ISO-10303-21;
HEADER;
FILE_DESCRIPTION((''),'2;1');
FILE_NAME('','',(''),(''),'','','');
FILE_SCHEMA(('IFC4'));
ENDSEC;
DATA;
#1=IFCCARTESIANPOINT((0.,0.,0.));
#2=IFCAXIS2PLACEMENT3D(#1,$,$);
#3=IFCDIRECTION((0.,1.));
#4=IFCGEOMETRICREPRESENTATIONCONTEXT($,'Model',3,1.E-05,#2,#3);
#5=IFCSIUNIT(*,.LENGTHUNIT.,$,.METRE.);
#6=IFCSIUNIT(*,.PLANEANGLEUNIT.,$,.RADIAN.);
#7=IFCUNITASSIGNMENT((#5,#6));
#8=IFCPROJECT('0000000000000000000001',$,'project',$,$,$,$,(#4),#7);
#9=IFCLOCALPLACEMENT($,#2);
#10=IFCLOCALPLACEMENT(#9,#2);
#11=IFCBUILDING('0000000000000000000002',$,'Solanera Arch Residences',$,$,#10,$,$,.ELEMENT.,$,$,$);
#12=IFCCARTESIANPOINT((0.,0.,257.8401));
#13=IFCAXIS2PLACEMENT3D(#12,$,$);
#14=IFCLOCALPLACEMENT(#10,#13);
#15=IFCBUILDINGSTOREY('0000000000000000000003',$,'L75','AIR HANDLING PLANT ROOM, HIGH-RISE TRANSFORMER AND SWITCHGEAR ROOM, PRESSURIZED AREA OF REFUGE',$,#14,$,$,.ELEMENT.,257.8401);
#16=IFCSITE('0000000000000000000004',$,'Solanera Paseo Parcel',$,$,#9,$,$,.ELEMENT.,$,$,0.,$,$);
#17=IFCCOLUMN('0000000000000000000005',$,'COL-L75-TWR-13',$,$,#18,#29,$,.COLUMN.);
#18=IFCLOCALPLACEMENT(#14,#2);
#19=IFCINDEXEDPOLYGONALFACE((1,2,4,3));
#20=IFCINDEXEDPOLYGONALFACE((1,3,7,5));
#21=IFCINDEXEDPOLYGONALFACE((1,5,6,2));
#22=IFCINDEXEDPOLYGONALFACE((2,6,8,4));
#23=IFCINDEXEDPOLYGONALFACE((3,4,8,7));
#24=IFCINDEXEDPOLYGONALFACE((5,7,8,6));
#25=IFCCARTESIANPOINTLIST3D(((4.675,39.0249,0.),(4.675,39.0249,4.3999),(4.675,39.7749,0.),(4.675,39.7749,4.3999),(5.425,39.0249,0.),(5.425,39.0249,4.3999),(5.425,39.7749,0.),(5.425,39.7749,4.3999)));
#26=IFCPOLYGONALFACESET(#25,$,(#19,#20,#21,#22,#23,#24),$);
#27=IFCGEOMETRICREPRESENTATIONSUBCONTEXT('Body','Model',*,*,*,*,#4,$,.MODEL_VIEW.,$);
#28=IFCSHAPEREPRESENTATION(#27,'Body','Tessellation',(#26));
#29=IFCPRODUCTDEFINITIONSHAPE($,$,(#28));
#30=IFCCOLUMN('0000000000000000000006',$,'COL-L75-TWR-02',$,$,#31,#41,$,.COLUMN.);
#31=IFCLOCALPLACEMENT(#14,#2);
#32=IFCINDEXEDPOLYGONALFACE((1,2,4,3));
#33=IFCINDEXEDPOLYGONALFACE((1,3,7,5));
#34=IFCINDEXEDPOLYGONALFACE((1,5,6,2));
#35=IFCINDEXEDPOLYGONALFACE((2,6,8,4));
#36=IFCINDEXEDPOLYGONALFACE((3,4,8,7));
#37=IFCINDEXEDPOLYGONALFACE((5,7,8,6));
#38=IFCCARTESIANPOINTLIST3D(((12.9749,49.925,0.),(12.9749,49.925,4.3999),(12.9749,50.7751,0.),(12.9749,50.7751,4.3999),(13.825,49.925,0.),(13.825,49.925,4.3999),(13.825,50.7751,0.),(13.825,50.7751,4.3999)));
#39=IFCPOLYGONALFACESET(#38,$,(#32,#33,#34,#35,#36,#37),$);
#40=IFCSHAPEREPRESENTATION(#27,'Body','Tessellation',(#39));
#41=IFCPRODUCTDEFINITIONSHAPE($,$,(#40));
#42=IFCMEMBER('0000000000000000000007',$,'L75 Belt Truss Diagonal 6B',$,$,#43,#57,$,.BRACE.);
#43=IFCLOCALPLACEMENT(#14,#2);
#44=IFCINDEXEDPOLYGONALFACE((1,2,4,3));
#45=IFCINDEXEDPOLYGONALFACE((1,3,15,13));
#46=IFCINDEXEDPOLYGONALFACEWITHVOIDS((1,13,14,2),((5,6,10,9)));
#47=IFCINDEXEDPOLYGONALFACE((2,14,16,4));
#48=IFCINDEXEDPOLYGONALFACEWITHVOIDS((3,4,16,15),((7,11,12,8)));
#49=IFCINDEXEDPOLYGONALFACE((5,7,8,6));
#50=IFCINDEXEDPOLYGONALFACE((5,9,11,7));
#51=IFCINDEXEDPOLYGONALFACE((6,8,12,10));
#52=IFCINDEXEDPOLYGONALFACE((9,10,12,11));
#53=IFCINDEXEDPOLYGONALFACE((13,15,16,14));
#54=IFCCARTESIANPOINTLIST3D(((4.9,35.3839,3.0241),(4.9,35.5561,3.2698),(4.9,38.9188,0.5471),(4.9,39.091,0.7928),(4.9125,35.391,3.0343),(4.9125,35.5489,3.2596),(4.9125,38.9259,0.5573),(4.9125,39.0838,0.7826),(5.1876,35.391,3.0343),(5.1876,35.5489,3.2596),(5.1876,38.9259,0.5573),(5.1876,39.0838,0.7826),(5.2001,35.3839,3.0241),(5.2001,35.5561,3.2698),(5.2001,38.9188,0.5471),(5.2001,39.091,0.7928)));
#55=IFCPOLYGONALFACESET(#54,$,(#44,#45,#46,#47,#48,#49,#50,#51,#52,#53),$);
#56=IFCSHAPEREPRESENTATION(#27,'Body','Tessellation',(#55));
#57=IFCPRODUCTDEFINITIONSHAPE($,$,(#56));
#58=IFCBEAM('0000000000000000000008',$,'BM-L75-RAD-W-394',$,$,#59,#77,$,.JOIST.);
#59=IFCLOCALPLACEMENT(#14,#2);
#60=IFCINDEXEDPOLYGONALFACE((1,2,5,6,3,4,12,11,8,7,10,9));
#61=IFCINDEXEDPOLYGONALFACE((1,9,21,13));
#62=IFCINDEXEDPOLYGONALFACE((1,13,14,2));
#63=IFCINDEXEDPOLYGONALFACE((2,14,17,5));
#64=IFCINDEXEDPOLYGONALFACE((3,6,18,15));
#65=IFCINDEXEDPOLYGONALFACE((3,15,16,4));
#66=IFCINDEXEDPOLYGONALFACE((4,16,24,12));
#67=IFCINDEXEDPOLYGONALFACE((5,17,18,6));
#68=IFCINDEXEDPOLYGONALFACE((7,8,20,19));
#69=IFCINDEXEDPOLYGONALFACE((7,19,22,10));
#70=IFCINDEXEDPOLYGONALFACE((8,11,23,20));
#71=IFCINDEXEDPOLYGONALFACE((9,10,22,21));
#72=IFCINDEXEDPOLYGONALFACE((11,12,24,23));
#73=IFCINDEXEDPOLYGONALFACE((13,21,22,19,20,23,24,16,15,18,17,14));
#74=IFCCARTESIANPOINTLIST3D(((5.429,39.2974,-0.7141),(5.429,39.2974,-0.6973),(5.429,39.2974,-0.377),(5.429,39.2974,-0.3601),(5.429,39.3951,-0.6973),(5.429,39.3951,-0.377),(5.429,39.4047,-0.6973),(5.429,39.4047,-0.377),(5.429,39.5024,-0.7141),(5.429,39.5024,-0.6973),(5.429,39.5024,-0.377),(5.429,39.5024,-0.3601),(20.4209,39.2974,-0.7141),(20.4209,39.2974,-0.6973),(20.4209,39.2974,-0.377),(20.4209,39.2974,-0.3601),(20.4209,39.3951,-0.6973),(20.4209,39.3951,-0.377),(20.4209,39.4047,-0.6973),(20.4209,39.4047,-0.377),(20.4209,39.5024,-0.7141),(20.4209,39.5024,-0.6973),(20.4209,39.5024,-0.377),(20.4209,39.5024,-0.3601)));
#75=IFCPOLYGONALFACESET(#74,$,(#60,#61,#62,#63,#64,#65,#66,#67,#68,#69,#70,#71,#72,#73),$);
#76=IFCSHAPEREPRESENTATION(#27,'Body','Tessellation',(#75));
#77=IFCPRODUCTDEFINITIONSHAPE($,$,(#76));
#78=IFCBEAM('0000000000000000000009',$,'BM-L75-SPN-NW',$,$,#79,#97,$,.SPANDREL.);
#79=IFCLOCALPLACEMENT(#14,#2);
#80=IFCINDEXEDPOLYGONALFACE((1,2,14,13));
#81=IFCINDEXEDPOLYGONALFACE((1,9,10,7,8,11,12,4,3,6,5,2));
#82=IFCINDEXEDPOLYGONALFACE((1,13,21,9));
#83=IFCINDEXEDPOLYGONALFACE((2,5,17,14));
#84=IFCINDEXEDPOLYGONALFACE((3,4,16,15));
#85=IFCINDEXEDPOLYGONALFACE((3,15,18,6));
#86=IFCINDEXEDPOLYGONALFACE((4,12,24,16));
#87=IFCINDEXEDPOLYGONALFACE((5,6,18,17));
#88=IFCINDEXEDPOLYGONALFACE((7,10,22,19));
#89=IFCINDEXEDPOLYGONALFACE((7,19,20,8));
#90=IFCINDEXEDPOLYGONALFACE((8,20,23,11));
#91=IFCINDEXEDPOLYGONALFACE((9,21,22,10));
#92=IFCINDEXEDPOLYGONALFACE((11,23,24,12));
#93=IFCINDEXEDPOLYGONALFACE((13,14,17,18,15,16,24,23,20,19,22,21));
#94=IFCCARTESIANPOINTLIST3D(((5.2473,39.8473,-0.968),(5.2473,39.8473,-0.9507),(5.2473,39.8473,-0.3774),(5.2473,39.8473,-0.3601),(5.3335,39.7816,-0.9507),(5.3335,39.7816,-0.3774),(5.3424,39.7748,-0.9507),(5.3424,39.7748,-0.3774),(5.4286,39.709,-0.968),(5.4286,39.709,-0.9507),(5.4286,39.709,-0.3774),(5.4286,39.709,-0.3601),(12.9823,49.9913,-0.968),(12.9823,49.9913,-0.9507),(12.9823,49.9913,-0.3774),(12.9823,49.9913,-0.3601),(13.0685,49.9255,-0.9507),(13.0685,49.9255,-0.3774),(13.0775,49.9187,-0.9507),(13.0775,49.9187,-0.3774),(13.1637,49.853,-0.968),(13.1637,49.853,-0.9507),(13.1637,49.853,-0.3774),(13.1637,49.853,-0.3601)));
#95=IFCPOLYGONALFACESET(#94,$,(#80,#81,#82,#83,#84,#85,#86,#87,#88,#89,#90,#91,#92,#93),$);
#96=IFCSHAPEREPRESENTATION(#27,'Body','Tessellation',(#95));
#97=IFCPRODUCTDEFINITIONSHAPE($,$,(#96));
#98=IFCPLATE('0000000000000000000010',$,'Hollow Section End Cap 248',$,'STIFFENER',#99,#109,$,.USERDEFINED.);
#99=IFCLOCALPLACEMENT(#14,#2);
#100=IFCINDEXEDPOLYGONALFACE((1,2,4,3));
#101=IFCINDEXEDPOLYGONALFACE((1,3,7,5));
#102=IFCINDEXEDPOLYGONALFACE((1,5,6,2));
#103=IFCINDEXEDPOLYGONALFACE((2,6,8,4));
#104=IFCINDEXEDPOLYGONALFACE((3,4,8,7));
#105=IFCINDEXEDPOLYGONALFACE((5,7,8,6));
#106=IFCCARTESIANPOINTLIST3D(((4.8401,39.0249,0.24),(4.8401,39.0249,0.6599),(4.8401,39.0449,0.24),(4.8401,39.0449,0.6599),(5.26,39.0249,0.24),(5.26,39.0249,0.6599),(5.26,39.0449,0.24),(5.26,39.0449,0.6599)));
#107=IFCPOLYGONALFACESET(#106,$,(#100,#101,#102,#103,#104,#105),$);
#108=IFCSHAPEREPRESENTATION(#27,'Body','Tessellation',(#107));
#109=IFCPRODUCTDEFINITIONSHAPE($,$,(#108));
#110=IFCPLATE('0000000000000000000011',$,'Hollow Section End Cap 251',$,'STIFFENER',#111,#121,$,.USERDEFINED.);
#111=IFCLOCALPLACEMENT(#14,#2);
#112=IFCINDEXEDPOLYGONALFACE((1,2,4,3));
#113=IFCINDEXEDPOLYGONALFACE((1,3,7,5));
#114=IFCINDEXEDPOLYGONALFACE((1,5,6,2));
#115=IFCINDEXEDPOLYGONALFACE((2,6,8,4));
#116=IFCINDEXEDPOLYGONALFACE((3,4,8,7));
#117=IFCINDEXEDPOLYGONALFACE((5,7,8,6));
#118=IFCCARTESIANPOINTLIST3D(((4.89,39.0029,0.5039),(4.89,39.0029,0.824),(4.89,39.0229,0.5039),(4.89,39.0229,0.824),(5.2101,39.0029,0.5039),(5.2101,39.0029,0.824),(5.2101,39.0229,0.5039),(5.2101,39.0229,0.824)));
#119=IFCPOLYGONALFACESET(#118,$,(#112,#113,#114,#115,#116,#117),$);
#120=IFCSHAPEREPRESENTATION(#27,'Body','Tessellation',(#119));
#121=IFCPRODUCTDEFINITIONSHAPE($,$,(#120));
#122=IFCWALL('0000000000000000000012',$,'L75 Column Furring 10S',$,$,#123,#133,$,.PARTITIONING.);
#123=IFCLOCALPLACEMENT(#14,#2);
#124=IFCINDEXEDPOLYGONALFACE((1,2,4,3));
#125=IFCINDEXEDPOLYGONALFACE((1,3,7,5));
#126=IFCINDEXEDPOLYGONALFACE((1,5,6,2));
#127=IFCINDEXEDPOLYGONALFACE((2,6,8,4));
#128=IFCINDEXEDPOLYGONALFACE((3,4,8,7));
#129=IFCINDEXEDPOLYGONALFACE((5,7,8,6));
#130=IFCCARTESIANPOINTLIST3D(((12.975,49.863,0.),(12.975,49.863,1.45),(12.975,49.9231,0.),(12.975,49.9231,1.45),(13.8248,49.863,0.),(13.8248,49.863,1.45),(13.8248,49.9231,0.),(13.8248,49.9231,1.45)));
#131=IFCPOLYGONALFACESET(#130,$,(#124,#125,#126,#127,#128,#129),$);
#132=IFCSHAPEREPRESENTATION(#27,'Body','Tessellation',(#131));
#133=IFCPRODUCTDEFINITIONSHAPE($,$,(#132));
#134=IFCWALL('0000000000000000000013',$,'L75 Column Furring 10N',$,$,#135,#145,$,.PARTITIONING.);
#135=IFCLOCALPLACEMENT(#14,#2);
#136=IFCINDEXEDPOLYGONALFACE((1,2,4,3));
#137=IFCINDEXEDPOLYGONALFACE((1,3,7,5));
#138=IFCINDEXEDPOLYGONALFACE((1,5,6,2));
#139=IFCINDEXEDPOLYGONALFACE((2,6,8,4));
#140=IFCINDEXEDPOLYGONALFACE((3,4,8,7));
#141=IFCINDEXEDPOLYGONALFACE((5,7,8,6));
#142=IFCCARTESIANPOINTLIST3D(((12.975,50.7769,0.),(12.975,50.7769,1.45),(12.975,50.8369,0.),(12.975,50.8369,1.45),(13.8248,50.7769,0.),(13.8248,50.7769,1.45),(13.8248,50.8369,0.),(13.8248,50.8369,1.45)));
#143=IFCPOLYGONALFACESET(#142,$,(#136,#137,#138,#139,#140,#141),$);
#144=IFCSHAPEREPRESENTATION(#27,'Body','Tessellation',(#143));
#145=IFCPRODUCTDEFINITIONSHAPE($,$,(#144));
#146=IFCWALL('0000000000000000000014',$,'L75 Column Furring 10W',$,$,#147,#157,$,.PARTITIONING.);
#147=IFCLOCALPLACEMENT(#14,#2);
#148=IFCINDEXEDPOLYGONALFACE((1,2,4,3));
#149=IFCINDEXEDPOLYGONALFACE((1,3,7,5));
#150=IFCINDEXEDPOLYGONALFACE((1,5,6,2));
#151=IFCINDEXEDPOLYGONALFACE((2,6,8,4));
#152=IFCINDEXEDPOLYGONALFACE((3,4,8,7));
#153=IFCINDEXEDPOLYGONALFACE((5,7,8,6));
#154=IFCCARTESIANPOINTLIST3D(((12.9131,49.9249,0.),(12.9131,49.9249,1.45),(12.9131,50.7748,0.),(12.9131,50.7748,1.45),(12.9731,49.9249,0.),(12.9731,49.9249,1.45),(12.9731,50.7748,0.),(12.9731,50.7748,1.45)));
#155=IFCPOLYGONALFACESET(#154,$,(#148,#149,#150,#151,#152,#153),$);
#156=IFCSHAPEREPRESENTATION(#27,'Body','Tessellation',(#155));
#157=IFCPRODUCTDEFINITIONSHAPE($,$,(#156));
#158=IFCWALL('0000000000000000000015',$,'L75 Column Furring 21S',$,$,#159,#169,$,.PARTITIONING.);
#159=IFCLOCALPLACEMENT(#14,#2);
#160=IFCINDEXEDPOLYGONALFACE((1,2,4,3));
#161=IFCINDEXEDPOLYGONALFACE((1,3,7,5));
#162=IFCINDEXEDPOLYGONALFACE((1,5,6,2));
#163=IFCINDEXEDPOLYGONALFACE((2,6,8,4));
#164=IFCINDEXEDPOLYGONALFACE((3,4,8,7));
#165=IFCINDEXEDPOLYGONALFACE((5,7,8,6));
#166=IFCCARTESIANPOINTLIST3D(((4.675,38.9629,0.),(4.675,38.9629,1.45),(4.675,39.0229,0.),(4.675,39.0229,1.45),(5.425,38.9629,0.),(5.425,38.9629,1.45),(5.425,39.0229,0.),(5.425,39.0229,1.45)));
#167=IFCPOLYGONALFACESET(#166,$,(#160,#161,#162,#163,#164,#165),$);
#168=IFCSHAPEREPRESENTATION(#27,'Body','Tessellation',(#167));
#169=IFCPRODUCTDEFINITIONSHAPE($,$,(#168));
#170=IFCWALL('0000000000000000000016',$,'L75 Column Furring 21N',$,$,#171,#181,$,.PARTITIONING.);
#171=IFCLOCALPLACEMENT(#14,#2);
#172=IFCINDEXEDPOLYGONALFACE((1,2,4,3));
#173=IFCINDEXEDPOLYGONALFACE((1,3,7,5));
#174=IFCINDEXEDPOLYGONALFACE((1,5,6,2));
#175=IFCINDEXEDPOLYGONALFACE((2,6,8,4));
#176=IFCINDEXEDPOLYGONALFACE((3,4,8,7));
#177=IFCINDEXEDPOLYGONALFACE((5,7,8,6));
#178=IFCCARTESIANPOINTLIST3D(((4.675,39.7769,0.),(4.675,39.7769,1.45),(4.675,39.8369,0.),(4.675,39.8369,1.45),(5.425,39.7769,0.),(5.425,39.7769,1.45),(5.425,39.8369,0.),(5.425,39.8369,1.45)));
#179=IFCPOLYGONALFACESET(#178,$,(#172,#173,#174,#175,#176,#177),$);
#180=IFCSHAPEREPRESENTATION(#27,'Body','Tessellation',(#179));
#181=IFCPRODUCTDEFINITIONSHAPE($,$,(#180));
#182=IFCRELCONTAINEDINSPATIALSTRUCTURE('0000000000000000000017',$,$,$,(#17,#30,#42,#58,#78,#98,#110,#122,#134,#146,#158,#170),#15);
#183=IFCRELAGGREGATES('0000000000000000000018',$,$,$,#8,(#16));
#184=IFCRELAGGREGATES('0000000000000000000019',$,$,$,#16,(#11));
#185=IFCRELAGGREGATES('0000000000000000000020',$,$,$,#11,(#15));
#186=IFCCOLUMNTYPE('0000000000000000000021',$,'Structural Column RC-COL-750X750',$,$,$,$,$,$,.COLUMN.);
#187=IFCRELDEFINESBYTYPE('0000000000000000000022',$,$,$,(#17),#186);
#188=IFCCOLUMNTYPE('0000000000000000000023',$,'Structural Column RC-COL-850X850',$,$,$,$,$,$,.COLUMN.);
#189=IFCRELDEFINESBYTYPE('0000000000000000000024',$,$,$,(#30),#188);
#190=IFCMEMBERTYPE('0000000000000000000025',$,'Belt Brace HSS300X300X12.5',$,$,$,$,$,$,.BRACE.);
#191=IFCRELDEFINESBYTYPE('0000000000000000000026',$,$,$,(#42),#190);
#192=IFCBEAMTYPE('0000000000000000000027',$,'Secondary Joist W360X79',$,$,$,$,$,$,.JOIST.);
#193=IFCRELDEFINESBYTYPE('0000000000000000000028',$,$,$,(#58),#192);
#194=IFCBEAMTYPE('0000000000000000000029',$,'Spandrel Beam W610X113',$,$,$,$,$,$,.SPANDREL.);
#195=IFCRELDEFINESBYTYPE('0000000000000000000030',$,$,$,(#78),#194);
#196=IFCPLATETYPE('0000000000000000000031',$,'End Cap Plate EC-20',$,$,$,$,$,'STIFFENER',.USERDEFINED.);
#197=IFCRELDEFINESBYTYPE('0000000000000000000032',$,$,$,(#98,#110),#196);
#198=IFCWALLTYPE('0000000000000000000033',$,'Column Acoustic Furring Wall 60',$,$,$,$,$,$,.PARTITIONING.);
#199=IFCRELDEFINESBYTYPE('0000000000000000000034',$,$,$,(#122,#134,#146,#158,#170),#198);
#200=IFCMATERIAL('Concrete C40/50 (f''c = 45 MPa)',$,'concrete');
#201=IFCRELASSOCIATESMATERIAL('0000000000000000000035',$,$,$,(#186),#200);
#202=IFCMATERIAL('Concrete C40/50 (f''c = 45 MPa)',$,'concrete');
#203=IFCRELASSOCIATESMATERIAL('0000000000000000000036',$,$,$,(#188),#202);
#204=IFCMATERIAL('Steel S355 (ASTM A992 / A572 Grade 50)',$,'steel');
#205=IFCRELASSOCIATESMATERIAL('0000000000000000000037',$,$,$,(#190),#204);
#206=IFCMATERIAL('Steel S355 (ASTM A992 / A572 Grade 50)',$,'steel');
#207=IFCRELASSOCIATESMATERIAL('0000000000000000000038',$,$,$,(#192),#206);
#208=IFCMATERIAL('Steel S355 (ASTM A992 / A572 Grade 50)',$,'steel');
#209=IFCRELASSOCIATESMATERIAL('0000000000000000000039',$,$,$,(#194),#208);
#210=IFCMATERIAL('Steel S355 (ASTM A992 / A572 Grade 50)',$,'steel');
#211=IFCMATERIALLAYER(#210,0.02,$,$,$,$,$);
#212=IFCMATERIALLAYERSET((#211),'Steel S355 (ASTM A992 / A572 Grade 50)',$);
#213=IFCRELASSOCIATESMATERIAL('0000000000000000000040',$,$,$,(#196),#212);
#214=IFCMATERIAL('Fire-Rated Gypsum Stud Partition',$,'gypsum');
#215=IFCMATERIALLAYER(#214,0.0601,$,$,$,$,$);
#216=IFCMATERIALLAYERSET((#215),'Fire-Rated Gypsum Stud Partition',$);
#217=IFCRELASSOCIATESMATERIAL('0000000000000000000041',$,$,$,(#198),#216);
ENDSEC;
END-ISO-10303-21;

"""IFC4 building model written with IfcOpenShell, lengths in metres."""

from ifc_helpers import new_model, si_unit, direction, frame, frame_2d, origin, origin_2d, place, context, subcontext, project, spatial, rectangle, hollow_rectangle, i_section, extrude, material, layer, layer_set, material_profile, profile_set, type_object, element, save


model = new_model("IFC4")

# Units and contexts
model_context = context("Model", 3, precision=1e-05, world=origin(), true_north=direction((0.0, 1.0)))
body_context = subcontext(model_context, "Body", "Model", "MODEL_VIEW")
ifc_project = project(units=[si_unit("LENGTHUNIT", "METRE"), si_unit("PLANEANGLEUNIT", "RADIAN")], contexts=[model_context])

# Site, building, storey
site_placement = place(None, origin())
site = spatial("IfcSite", under=ifc_project, at=site_placement, Name="Solanera Paseo Parcel", CompositionType="ELEMENT", RefElevation=0.0)
building_placement = place(site_placement, origin())
building = spatial("IfcBuilding", under=site, at=building_placement, Name="Solanera Arch Residences", CompositionType="ELEMENT")
storey_placement = place(building_placement, frame((0.0, 0.0, 257.8401)))
storey = spatial("IfcBuildingStorey", under=building, at=storey_placement, Name="L75", Description="AIR HANDLING PLANT ROOM, HIGH-RISE TRANSFORMER AND SWITCHGEAR ROOM, PRESSURIZED AREA OF REFUGE", CompositionType="ELEMENT", Elevation=257.8401)

# Columns
ifc_material_1 = material(Name="Concrete C40/50 (f'c = 45 MPa)", Category="concrete")
ifc_material_profile_1 = material_profile(ifc_material_1, rectangle(XDim=0.75, YDim=0.75, at=origin_2d()))
ifc_profile_set_1 = profile_set([ifc_material_profile_1], Name="Concrete C40/50 (f'c = 45 MPa)")
column_type_1 = type_object("IfcColumnType", Name="Structural Column RC-COL-750X750", PredefinedType="COLUMN", material=ifc_profile_set_1)
column_1_placement = place(storey_placement, frame((5.05, 39.3999, 0.0), z_axis=(0.0, 0.0, 1.0), x_axis=(1.0, 0.0, 0.0)))
element("IfcColumn", 1, at=column_1_placement, inside=storey, type_object=column_type_1, Name="COL-L75-TWR-13", PredefinedType="COLUMN", context=body_context, shape_type="SweptSolid", body=[
    extrude(rectangle(XDim=0.75, YDim=0.75, at=origin_2d()), origin(), (0.0, 0.0, 1.0), 4.3999),
])
ifc_material_2 = material(Name="Concrete C40/50 (f'c = 45 MPa)", Category="concrete")
ifc_material_profile_2 = material_profile(ifc_material_2, rectangle(XDim=0.8501, YDim=0.8501, at=origin_2d()))
ifc_profile_set_2 = profile_set([ifc_material_profile_2], Name="Concrete C40/50 (f'c = 45 MPa)")
column_type_2 = type_object("IfcColumnType", Name="Structural Column RC-COL-850X850", PredefinedType="COLUMN", material=ifc_profile_set_2)
column_2_placement = place(storey_placement, frame((13.3999, 50.3501, 0.0), z_axis=(0.0, 0.0, 1.0), x_axis=(1.0, 0.0, 0.0)))
element("IfcColumn", 2, at=column_2_placement, inside=storey, type_object=column_type_2, Name="COL-L75-TWR-02", PredefinedType="COLUMN", context=body_context, shape_type="SweptSolid", body=[
    extrude(rectangle(XDim=0.8501, YDim=0.8501, at=origin_2d()), origin(), (0.0, 0.0, 1.0), 4.3999),
])

# Member
ifc_material_3 = material(Name="Steel S355 (ASTM A992 / A572 Grade 50)", Category="steel")
ifc_material_profile_3 = material_profile(ifc_material_3, hollow_rectangle(XDim=0.3, YDim=0.3, WallThickness=0.0125, at=origin_2d()))
ifc_profile_set_3 = profile_set([ifc_material_profile_3], Name="Steel S355 (ASTM A992 / A572 Grade 50)")
member_type = type_object("IfcMemberType", Name="Belt Brace HSS300X300X12.5", PredefinedType="BRACE", material=ifc_profile_set_3)
member_placement = place(storey_placement, frame((5.05, 39.0049, 0.6699), z_axis=(0.0, -0.818947, 0.573868), x_axis=(1.0, 0.0, 0.0)))
element("IfcMember", 3, at=member_placement, inside=storey, type_object=member_type, Name="L75 Belt Truss Diagonal 6B", PredefinedType="BRACE", context=body_context, shape_type="SweptSolid", body=[
    extrude(hollow_rectangle(XDim=0.3, YDim=0.3, WallThickness=0.0125, at=origin_2d()), origin(), (0.0, 0.0, 1.0), 4.3164),
])

# Beams
ifc_material_4 = material(Name="Steel S355 (ASTM A992 / A572 Grade 50)", Category="steel")
ifc_material_profile_4 = material_profile(ifc_material_4, i_section(OverallWidth=0.2051, OverallDepth=0.354, WebThickness=0.0095, FlangeThickness=0.0168, at=origin_2d()))
ifc_profile_set_4 = profile_set([ifc_material_profile_4], Name="Steel S355 (ASTM A992 / A572 Grade 50)")
beam_type_1 = type_object("IfcBeamType", Name="Secondary Joist W360X79", PredefinedType="JOIST", material=ifc_profile_set_4)
beam_1_placement = place(storey_placement, frame((5.429, 39.3999, -0.5371), z_axis=(1.0, 0.0, 0.0), x_axis=(0.0, 1.0, 0.0)))
element("IfcBeam", 4, at=beam_1_placement, inside=storey, type_object=beam_type_1, Name="BM-L75-RAD-W-394", PredefinedType="JOIST", context=body_context, shape_type="SweptSolid", body=[
    extrude(i_section(OverallWidth=0.2051, OverallDepth=0.354, WebThickness=0.0095, FlangeThickness=0.0168, at=origin_2d()), origin(), (0.0, 0.0, 1.0), 14.9919),
])
ifc_material_5 = material(Name="Steel S355 (ASTM A992 / A572 Grade 50)", Category="steel")
ifc_material_profile_5 = material_profile(ifc_material_5, i_section(OverallWidth=0.228, OverallDepth=0.6079, WebThickness=0.0112, FlangeThickness=0.0173, at=origin_2d()))
ifc_profile_set_5 = profile_set([ifc_material_profile_5], Name="Steel S355 (ASTM A992 / A572 Grade 50)")
beam_type_2 = type_object("IfcBeamType", Name="Spandrel Beam W610X113", PredefinedType="SPANDREL", material=ifc_profile_set_5)
beam_2_placement = place(storey_placement, frame((13.073, 49.9221, -0.6641), z_axis=(-0.606356, -0.795193, 0.0), x_axis=(0.795193, -0.606356, 0.0)))
element("IfcBeam", 5, at=beam_2_placement, inside=storey, type_object=beam_type_2, Name="BM-L75-SPN-NW", PredefinedType="SPANDREL", context=body_context, shape_type="SweptSolid", body=[
    extrude(i_section(OverallWidth=0.228, OverallDepth=0.6079, WebThickness=0.0112, FlangeThickness=0.0173, at=origin_2d()), origin(), (0.0, 0.0, 1.0), 12.7566),
])

# Plates
ifc_material_6 = material(Name="Steel S355 (ASTM A992 / A572 Grade 50)", Category="steel")
ifc_layer_1 = layer(ifc_material_6, 0.02)
ifc_layer_set_1 = layer_set([ifc_layer_1], Name="Steel S355 (ASTM A992 / A572 Grade 50)")
plate_type = type_object("IfcPlateType", Name="End Cap Plate EC-20", ElementType="STIFFENER", PredefinedType="USERDEFINED", material=ifc_layer_set_1)
plate_1_placement = place(storey_placement, frame((5.05, 39.0349, 0.24), z_axis=(0.0, 0.0, 1.0), x_axis=(0.0, 1.0, 0.0)))
element("IfcPlate", 6, at=plate_1_placement, inside=storey, type_object=plate_type, Name="Hollow Section End Cap 248", ObjectType="STIFFENER", PredefinedType="USERDEFINED", context=body_context, shape_type="SweptSolid", body=[
    extrude(rectangle(XDim=0.02, YDim=0.4199, at=origin_2d()), origin(), (0.0, 0.0, 1.0), 0.4199),
])
plate_2_placement = place(storey_placement, frame((5.05, 39.0129, 0.5039), z_axis=(0.0, 0.0, 1.0), x_axis=(0.0, 1.0, 0.0)))
element("IfcPlate", 7, at=plate_2_placement, inside=storey, type_object=plate_type, Name="Hollow Section End Cap 251", ObjectType="STIFFENER", PredefinedType="USERDEFINED", context=body_context, shape_type="SweptSolid", body=[
    extrude(rectangle(XDim=0.02, YDim=0.3201, at=origin_2d()), origin(), (0.0, 0.0, 1.0), 0.3201),
])

# Walls
ifc_material_7 = material(Name="Fire-Rated Gypsum Stud Partition", Category="gypsum")
ifc_layer_2 = layer(ifc_material_7, 0.0601)
ifc_layer_set_2 = layer_set([ifc_layer_2], Name="Fire-Rated Gypsum Stud Partition")
wall_type_1 = type_object("IfcWallType", Name="Column Acoustic Furring Wall 60", PredefinedType="PARTITIONING", material=ifc_layer_set_2)
for number, where, z_axis, x_axis, name in (
    (8, (12.9751, 49.8931, 0.0), (0.0, 0.0, 1.0), (1.0, 0.0, 0.0), "L75 Column Furring 10S"),
    (9, (12.9751, 50.8069, 0.0), (0.0, 0.0, 1.0), (1.0, 0.0, 0.0), "L75 Column Furring 10N"),
    (10, (12.9431, 49.925, 0.0), (0.0, 0.0, 1.0), (0.0, 1.0, 0.0), "L75 Column Furring 10W"),
):
    element("IfcWall", number, at=place(storey_placement, frame(where, z_axis=z_axis, x_axis=x_axis)), inside=storey, type_object=wall_type_1, Name=name, PredefinedType="PARTITIONING", context=body_context, shape_type="SweptSolid", body=[
        extrude(rectangle(XDim=0.8499, YDim=0.0601, at=frame_2d((0.4248, 0.0))), origin(), (0.0, 0.0, 1.0), 1.45),
    ])
for number, where, z_axis, x_axis, name in (
    (11, (4.675, 38.9929, 0.0), (0.0, 0.0, 1.0), (1.0, 0.0, 0.0), "L75 Column Furring 21S"),
    (12, (4.675, 39.8069, 0.0), (0.0, 0.0, 1.0), (1.0, 0.0, 0.0), "L75 Column Furring 21N"),
):
    element("IfcWall", number, at=place(storey_placement, frame(where, z_axis=z_axis, x_axis=x_axis)), inside=storey, type_object=wall_type_1, Name=name, PredefinedType="PARTITIONING", context=body_context, shape_type="SweptSolid", body=[
        extrude(rectangle(XDim=0.75, YDim=0.0601, at=frame_2d((0.375, 0.0))), origin(), (0.0, 0.0, 1.0), 1.45),
    ])

save(model, "model.ifc")
